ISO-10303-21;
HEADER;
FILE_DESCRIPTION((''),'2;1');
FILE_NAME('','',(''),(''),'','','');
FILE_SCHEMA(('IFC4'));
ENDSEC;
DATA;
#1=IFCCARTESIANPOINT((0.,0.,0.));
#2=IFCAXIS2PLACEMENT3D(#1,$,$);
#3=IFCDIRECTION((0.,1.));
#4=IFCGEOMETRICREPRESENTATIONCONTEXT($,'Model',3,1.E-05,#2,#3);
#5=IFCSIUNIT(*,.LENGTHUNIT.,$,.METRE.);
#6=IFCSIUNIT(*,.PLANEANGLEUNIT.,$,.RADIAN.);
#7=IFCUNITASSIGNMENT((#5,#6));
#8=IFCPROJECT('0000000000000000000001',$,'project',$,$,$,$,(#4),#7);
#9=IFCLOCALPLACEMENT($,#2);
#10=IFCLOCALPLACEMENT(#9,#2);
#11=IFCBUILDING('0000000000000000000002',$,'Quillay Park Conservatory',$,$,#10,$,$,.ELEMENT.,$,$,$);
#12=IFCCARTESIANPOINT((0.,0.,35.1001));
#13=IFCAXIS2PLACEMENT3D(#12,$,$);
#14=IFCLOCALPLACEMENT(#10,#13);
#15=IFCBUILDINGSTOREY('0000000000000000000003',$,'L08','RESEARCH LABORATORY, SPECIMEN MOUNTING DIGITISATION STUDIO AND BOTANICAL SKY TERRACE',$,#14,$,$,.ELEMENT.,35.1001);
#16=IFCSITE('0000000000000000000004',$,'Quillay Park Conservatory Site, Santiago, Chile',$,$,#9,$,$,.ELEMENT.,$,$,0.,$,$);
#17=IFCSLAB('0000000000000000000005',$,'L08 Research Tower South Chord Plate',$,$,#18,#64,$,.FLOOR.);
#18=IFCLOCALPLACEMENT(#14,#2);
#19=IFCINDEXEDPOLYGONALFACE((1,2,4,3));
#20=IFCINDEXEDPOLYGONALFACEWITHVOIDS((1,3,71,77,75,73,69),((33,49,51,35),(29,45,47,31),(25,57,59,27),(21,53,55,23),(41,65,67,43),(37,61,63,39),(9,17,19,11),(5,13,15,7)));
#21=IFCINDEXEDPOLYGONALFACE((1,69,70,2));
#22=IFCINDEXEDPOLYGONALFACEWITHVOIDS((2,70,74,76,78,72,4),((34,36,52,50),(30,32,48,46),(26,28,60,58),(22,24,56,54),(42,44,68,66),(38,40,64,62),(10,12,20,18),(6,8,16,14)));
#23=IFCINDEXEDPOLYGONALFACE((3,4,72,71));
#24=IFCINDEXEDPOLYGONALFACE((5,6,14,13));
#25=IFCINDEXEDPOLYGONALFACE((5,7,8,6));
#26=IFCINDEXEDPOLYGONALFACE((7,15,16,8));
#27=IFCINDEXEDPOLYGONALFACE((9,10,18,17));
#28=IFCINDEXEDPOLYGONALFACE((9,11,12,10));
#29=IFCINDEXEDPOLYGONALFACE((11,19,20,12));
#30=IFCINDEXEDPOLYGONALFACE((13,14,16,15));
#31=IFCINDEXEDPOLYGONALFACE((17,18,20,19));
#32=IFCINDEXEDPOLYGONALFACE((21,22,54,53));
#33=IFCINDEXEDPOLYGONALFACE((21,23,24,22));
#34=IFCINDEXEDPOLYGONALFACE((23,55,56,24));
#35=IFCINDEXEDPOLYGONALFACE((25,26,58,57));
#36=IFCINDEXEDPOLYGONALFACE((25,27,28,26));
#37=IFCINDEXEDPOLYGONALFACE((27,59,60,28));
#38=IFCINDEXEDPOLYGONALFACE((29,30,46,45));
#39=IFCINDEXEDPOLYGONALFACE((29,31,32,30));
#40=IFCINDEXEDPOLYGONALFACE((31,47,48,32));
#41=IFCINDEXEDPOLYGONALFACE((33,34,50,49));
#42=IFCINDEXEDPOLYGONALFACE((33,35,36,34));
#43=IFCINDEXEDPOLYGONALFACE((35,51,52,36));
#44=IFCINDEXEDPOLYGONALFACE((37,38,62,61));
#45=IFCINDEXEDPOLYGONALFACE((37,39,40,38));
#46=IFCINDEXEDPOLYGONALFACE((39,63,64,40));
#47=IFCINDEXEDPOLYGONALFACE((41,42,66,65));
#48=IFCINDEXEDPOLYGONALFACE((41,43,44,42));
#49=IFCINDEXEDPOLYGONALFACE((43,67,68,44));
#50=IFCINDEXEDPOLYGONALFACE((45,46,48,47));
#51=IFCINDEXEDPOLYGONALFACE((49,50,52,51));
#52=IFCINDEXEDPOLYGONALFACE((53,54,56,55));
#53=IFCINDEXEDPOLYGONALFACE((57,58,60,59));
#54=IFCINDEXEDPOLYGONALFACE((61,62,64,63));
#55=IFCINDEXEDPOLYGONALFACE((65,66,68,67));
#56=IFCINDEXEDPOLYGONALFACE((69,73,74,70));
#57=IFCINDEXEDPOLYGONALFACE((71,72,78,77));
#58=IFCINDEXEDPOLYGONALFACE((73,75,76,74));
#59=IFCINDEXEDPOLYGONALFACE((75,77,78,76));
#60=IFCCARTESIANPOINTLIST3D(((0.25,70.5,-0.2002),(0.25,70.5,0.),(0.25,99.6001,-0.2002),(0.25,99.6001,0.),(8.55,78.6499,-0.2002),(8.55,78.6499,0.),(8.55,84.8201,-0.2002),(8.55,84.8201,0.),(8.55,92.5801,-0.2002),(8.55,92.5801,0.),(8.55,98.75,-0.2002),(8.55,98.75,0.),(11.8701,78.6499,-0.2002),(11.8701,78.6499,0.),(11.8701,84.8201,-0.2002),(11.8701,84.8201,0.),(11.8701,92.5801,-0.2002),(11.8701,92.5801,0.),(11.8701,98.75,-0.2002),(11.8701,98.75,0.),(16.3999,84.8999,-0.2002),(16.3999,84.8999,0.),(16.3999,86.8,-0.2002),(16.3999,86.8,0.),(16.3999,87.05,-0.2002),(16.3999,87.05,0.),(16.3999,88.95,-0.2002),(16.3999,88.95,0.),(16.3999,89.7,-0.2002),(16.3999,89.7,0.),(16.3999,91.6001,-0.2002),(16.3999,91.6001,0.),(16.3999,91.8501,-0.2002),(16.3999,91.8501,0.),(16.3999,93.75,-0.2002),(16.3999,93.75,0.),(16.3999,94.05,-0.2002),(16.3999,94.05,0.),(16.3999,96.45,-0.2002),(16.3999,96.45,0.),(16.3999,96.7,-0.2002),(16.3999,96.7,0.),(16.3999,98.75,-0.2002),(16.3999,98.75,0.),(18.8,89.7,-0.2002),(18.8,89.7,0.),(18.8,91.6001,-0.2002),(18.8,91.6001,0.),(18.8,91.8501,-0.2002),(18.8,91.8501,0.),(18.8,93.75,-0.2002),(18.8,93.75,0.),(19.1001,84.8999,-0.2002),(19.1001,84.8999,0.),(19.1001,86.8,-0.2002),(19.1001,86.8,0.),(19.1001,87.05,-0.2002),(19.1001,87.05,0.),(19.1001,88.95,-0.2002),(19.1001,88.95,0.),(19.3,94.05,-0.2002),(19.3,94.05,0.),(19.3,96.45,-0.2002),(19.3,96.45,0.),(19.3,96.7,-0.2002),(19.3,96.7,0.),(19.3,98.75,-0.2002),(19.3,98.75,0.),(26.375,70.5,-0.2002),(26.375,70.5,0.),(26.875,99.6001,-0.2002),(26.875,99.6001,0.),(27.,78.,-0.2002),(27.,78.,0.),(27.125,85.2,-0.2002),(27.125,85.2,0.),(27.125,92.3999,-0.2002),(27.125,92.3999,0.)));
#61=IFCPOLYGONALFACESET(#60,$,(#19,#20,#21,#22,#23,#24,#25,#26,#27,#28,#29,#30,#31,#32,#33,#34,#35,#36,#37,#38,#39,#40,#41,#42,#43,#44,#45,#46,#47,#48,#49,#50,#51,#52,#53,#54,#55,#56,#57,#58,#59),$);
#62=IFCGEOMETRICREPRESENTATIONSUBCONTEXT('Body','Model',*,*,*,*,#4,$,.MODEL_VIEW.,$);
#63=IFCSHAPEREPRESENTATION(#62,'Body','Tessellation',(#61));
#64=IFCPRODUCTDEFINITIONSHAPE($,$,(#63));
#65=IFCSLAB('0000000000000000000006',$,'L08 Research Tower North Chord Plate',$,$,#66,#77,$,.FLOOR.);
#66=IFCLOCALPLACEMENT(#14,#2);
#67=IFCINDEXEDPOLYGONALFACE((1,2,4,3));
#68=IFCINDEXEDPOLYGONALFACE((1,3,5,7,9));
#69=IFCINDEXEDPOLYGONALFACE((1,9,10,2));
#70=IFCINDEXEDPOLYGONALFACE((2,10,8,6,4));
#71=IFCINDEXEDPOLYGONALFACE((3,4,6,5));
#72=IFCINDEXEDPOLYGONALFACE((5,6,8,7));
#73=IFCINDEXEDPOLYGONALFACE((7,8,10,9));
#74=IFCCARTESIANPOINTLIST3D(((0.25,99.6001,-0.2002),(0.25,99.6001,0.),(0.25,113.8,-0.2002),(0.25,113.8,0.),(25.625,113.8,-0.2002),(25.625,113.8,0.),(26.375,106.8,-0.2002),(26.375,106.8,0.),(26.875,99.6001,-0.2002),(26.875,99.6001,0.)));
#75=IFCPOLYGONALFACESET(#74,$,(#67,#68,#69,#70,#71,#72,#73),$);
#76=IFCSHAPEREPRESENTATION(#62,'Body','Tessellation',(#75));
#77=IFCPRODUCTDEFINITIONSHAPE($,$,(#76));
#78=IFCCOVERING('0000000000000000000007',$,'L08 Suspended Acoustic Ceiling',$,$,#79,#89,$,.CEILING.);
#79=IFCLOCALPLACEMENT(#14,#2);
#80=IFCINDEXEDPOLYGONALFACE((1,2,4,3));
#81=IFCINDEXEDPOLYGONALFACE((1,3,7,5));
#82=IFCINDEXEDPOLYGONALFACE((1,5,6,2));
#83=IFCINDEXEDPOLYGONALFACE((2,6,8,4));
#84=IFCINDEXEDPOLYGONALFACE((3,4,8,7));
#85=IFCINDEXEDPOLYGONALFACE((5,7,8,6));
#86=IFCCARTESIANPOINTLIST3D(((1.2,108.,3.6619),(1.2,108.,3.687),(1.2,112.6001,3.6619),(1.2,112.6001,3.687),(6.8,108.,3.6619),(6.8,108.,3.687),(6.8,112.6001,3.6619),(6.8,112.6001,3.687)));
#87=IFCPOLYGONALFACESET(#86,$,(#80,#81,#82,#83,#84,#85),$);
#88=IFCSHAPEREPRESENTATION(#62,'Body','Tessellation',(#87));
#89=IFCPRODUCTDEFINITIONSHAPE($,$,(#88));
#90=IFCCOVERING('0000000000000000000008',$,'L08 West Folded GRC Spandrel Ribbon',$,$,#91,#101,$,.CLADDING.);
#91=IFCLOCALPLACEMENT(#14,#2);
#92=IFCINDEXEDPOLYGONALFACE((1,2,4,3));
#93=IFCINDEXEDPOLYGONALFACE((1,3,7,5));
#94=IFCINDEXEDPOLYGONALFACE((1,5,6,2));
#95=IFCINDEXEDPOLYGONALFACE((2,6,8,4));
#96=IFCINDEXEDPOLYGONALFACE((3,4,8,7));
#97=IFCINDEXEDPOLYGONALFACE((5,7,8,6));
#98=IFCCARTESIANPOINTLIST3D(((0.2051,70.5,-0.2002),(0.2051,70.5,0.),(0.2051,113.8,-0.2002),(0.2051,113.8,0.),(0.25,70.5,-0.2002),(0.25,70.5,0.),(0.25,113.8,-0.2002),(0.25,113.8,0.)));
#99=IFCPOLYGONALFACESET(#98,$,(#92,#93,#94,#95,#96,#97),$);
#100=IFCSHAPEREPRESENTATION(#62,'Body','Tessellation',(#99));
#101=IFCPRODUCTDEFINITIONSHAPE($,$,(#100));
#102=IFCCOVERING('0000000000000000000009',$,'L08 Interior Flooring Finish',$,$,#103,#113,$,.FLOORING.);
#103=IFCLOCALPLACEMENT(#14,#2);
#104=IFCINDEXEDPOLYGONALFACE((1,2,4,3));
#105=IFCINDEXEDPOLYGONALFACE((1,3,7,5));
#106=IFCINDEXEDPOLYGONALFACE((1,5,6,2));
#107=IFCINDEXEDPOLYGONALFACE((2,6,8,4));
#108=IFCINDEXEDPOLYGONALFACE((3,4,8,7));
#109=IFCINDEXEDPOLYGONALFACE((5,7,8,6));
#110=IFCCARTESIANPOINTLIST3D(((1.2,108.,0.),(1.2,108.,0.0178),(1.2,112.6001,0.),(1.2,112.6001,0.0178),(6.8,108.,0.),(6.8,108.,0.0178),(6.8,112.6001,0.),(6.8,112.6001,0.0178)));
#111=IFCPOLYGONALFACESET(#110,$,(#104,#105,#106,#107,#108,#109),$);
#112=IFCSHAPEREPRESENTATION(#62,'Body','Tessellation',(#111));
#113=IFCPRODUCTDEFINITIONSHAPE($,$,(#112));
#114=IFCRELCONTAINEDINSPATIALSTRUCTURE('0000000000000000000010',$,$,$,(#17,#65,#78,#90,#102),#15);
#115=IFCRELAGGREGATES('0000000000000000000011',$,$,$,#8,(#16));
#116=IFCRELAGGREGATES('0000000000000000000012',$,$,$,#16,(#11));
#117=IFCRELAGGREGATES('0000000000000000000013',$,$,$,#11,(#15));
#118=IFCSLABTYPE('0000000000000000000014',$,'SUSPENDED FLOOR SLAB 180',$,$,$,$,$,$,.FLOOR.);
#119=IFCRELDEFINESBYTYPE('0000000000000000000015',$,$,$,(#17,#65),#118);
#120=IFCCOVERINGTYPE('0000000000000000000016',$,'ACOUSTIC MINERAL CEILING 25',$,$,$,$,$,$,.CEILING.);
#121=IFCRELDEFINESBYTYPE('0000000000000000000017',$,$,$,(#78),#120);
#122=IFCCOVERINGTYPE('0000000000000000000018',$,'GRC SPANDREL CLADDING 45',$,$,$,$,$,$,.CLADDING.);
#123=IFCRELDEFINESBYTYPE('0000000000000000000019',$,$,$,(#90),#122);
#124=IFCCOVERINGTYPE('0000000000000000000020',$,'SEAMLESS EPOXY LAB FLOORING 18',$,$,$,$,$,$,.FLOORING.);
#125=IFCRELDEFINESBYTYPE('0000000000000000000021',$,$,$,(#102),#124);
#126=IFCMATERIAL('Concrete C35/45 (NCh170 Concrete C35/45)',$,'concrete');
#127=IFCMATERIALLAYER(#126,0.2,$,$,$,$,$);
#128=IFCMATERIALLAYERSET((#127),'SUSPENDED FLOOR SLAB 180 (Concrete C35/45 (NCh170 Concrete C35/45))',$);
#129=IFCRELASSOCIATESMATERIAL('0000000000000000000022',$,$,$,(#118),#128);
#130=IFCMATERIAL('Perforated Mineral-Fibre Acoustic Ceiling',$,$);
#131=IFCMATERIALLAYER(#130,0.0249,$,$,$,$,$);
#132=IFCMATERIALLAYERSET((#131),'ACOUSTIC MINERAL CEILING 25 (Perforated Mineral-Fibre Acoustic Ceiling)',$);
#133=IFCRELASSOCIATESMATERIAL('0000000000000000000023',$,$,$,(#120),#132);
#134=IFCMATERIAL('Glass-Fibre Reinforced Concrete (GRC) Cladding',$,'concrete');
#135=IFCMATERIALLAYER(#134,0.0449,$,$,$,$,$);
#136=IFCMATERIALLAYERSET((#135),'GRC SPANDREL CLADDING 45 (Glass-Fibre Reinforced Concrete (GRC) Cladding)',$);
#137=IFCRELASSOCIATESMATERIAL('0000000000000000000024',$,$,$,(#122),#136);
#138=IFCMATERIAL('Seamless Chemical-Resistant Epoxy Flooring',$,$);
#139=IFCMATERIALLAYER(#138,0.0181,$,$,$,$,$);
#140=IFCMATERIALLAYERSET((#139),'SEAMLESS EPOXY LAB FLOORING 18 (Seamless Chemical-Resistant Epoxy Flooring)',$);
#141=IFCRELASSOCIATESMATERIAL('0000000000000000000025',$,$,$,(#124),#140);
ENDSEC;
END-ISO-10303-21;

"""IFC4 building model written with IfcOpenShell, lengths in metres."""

from ifc_helpers import new_model, si_unit, direction, frame, origin, place, context, subcontext, project, spatial, polyline, outline, extrude, material, layer, layer_set, type_object, element, save


model = new_model("IFC4")

# Units and contexts
model_context = context("Model", 3, precision=1e-05, world=origin(), true_north=direction((0.0, 1.0)))
body_context = subcontext(model_context, "Body", "Model", "MODEL_VIEW")
ifc_project = project(units=[si_unit("LENGTHUNIT", "METRE"), si_unit("PLANEANGLEUNIT", "RADIAN")], contexts=[model_context])

# Site, building, storey
site_placement = place(None, origin())
site = spatial("IfcSite", under=ifc_project, at=site_placement, Name="Quillay Park Conservatory Site, Santiago, Chile", CompositionType="ELEMENT", RefElevation=0.0)
building_placement = place(site_placement, origin())
building = spatial("IfcBuilding", under=site, at=building_placement, Name="Quillay Park Conservatory", CompositionType="ELEMENT")
storey_placement = place(building_placement, frame((0.0, 0.0, 35.1001)))
storey = spatial("IfcBuildingStorey", under=building, at=storey_placement, Name="L08", Description="RESEARCH LABORATORY, SPECIMEN MOUNTING DIGITISATION STUDIO AND BOTANICAL SKY TERRACE", CompositionType="ELEMENT", Elevation=35.1001)

# Slabs
ifc_material_1 = material(Name="Concrete C35/45 (NCh170 Concrete C35/45)", Category="concrete")
ifc_layer_1 = layer(ifc_material_1, 0.2)
ifc_layer_set_1 = layer_set([ifc_layer_1], Name="SUSPENDED FLOOR SLAB 180 (Concrete C35/45 (NCh170 Concrete C35/45))")
slab_type_1 = type_object("IfcSlabType", Name="SUSPENDED FLOOR SLAB 180", PredefinedType="FLOOR", material=ifc_layer_set_1)
slab_1_placement = place(storey_placement, frame((0.0, 0.0, -0.2002)))
element("IfcSlab", 1, at=slab_1_placement, inside=storey, type_object=slab_type_1, Name="L08 Research Tower South Chord Plate", PredefinedType="FLOOR", context=body_context, shape_type="SweptSolid", body=[
    extrude(outline(polyline([(0.25, 70.5), (26.375, 70.5), (27.0, 78.0), (27.125, 85.2), (27.125, 92.3999), (26.875, 99.6001), (0.25, 99.6001), (0.25, 70.5)]), holes=[polyline([(8.55, 92.5801), (11.8701, 92.5801), (11.8701, 98.75), (8.55, 98.75), (8.55, 92.5801)]), polyline([(8.55, 78.6499), (11.8701, 78.6499), (11.8701, 84.8201), (8.55, 84.8201), (8.55, 78.6499)]), polyline([(16.3999, 84.8999), (19.1001, 84.8999), (19.1001, 86.8), (16.3999, 86.8), (16.3999, 84.8999)]), polyline([(16.3999, 87.05), (19.1001, 87.05), (19.1001, 88.95), (16.3999, 88.95), (16.3999, 87.05)]), polyline([(16.3999, 89.7), (18.8, 89.7), (18.8, 91.6001), (16.3999, 91.6001), (16.3999, 89.7)]), polyline([(16.3999, 91.8501), (18.8, 91.8501), (18.8, 93.75), (16.3999, 93.75), (16.3999, 91.8501)]), polyline([(16.3999, 94.05), (19.3, 94.05), (19.3, 96.45), (16.3999, 96.45), (16.3999, 94.05)]), polyline([(16.3999, 96.7), (19.3, 96.7), (19.3, 98.75), (16.3999, 98.75), (16.3999, 96.7)])]), origin(), (0.0, 0.0, 1.0), 0.2002),
])
slab_2_placement = place(storey_placement, frame((0.0, 0.0, -0.2002)))
element("IfcSlab", 2, at=slab_2_placement, inside=storey, type_object=slab_type_1, Name="L08 Research Tower North Chord Plate", PredefinedType="FLOOR", context=body_context, shape_type="SweptSolid", body=[
    extrude(outline(polyline([(0.25, 99.6001), (26.875, 99.6001), (26.375, 106.8), (25.625, 113.8), (0.25, 113.8), (0.25, 99.6001)])), origin(), (0.0, 0.0, 1.0), 0.2002),
])

# Coverings
ifc_material_2 = material(Name="Perforated Mineral-Fibre Acoustic Ceiling")
ifc_layer_2 = layer(ifc_material_2, 0.0249)
ifc_layer_set_2 = layer_set([ifc_layer_2], Name="ACOUSTIC MINERAL CEILING 25 (Perforated Mineral-Fibre Acoustic Ceiling)")
covering_type_1 = type_object("IfcCoveringType", Name="ACOUSTIC MINERAL CEILING 25", PredefinedType="CEILING", material=ifc_layer_set_2)
covering_1_placement = place(storey_placement, frame((0.0, 0.0, 3.6619)))
element("IfcCovering", 3, at=covering_1_placement, inside=storey, type_object=covering_type_1, Name="L08 Suspended Acoustic Ceiling", PredefinedType="CEILING", context=body_context, shape_type="SweptSolid", body=[
    extrude(outline(polyline([(1.2, 108.0), (6.8, 108.0), (6.8, 112.6001), (1.2, 112.6001), (1.2, 108.0)])), origin(), (0.0, 0.0, 1.0), 0.0251),
])
ifc_material_3 = material(Name="Glass-Fibre Reinforced Concrete (GRC) Cladding", Category="concrete")
ifc_layer_3 = layer(ifc_material_3, 0.0449)
ifc_layer_set_3 = layer_set([ifc_layer_3], Name="GRC SPANDREL CLADDING 45 (Glass-Fibre Reinforced Concrete (GRC) Cladding)")
covering_type_2 = type_object("IfcCoveringType", Name="GRC SPANDREL CLADDING 45", PredefinedType="CLADDING", material=ifc_layer_set_3)
covering_2_placement = place(storey_placement, frame((0.0, 0.0, -0.2002)))
element("IfcCovering", 4, at=covering_2_placement, inside=storey, type_object=covering_type_2, Name="L08 West Folded GRC Spandrel Ribbon", PredefinedType="CLADDING", context=body_context, shape_type="SweptSolid", body=[
    extrude(outline(polyline([(0.2051, 70.5), (0.25, 70.5), (0.25, 113.8), (0.2051, 113.8), (0.2051, 70.5)])), origin(), (0.0, 0.0, 1.0), 0.2002),
])
ifc_material_4 = material(Name="Seamless Chemical-Resistant Epoxy Flooring")
ifc_layer_4 = layer(ifc_material_4, 0.0181)
ifc_layer_set_4 = layer_set([ifc_layer_4], Name="SEAMLESS EPOXY LAB FLOORING 18 (Seamless Chemical-Resistant Epoxy Flooring)")
covering_type_3 = type_object("IfcCoveringType", Name="SEAMLESS EPOXY LAB FLOORING 18", PredefinedType="FLOORING", material=ifc_layer_set_4)
covering_3_placement = place(storey_placement, origin())
element("IfcCovering", 5, at=covering_3_placement, inside=storey, type_object=covering_type_3, Name="L08 Interior Flooring Finish", PredefinedType="FLOORING", context=body_context, shape_type="SweptSolid", body=[
    extrude(outline(polyline([(1.2, 108.0), (6.8, 108.0), (6.8, 112.6001), (1.2, 112.6001), (1.2, 108.0)])), origin(), (0.0, 0.0, 1.0), 0.0178),
])

save(model, "model.ifc")
